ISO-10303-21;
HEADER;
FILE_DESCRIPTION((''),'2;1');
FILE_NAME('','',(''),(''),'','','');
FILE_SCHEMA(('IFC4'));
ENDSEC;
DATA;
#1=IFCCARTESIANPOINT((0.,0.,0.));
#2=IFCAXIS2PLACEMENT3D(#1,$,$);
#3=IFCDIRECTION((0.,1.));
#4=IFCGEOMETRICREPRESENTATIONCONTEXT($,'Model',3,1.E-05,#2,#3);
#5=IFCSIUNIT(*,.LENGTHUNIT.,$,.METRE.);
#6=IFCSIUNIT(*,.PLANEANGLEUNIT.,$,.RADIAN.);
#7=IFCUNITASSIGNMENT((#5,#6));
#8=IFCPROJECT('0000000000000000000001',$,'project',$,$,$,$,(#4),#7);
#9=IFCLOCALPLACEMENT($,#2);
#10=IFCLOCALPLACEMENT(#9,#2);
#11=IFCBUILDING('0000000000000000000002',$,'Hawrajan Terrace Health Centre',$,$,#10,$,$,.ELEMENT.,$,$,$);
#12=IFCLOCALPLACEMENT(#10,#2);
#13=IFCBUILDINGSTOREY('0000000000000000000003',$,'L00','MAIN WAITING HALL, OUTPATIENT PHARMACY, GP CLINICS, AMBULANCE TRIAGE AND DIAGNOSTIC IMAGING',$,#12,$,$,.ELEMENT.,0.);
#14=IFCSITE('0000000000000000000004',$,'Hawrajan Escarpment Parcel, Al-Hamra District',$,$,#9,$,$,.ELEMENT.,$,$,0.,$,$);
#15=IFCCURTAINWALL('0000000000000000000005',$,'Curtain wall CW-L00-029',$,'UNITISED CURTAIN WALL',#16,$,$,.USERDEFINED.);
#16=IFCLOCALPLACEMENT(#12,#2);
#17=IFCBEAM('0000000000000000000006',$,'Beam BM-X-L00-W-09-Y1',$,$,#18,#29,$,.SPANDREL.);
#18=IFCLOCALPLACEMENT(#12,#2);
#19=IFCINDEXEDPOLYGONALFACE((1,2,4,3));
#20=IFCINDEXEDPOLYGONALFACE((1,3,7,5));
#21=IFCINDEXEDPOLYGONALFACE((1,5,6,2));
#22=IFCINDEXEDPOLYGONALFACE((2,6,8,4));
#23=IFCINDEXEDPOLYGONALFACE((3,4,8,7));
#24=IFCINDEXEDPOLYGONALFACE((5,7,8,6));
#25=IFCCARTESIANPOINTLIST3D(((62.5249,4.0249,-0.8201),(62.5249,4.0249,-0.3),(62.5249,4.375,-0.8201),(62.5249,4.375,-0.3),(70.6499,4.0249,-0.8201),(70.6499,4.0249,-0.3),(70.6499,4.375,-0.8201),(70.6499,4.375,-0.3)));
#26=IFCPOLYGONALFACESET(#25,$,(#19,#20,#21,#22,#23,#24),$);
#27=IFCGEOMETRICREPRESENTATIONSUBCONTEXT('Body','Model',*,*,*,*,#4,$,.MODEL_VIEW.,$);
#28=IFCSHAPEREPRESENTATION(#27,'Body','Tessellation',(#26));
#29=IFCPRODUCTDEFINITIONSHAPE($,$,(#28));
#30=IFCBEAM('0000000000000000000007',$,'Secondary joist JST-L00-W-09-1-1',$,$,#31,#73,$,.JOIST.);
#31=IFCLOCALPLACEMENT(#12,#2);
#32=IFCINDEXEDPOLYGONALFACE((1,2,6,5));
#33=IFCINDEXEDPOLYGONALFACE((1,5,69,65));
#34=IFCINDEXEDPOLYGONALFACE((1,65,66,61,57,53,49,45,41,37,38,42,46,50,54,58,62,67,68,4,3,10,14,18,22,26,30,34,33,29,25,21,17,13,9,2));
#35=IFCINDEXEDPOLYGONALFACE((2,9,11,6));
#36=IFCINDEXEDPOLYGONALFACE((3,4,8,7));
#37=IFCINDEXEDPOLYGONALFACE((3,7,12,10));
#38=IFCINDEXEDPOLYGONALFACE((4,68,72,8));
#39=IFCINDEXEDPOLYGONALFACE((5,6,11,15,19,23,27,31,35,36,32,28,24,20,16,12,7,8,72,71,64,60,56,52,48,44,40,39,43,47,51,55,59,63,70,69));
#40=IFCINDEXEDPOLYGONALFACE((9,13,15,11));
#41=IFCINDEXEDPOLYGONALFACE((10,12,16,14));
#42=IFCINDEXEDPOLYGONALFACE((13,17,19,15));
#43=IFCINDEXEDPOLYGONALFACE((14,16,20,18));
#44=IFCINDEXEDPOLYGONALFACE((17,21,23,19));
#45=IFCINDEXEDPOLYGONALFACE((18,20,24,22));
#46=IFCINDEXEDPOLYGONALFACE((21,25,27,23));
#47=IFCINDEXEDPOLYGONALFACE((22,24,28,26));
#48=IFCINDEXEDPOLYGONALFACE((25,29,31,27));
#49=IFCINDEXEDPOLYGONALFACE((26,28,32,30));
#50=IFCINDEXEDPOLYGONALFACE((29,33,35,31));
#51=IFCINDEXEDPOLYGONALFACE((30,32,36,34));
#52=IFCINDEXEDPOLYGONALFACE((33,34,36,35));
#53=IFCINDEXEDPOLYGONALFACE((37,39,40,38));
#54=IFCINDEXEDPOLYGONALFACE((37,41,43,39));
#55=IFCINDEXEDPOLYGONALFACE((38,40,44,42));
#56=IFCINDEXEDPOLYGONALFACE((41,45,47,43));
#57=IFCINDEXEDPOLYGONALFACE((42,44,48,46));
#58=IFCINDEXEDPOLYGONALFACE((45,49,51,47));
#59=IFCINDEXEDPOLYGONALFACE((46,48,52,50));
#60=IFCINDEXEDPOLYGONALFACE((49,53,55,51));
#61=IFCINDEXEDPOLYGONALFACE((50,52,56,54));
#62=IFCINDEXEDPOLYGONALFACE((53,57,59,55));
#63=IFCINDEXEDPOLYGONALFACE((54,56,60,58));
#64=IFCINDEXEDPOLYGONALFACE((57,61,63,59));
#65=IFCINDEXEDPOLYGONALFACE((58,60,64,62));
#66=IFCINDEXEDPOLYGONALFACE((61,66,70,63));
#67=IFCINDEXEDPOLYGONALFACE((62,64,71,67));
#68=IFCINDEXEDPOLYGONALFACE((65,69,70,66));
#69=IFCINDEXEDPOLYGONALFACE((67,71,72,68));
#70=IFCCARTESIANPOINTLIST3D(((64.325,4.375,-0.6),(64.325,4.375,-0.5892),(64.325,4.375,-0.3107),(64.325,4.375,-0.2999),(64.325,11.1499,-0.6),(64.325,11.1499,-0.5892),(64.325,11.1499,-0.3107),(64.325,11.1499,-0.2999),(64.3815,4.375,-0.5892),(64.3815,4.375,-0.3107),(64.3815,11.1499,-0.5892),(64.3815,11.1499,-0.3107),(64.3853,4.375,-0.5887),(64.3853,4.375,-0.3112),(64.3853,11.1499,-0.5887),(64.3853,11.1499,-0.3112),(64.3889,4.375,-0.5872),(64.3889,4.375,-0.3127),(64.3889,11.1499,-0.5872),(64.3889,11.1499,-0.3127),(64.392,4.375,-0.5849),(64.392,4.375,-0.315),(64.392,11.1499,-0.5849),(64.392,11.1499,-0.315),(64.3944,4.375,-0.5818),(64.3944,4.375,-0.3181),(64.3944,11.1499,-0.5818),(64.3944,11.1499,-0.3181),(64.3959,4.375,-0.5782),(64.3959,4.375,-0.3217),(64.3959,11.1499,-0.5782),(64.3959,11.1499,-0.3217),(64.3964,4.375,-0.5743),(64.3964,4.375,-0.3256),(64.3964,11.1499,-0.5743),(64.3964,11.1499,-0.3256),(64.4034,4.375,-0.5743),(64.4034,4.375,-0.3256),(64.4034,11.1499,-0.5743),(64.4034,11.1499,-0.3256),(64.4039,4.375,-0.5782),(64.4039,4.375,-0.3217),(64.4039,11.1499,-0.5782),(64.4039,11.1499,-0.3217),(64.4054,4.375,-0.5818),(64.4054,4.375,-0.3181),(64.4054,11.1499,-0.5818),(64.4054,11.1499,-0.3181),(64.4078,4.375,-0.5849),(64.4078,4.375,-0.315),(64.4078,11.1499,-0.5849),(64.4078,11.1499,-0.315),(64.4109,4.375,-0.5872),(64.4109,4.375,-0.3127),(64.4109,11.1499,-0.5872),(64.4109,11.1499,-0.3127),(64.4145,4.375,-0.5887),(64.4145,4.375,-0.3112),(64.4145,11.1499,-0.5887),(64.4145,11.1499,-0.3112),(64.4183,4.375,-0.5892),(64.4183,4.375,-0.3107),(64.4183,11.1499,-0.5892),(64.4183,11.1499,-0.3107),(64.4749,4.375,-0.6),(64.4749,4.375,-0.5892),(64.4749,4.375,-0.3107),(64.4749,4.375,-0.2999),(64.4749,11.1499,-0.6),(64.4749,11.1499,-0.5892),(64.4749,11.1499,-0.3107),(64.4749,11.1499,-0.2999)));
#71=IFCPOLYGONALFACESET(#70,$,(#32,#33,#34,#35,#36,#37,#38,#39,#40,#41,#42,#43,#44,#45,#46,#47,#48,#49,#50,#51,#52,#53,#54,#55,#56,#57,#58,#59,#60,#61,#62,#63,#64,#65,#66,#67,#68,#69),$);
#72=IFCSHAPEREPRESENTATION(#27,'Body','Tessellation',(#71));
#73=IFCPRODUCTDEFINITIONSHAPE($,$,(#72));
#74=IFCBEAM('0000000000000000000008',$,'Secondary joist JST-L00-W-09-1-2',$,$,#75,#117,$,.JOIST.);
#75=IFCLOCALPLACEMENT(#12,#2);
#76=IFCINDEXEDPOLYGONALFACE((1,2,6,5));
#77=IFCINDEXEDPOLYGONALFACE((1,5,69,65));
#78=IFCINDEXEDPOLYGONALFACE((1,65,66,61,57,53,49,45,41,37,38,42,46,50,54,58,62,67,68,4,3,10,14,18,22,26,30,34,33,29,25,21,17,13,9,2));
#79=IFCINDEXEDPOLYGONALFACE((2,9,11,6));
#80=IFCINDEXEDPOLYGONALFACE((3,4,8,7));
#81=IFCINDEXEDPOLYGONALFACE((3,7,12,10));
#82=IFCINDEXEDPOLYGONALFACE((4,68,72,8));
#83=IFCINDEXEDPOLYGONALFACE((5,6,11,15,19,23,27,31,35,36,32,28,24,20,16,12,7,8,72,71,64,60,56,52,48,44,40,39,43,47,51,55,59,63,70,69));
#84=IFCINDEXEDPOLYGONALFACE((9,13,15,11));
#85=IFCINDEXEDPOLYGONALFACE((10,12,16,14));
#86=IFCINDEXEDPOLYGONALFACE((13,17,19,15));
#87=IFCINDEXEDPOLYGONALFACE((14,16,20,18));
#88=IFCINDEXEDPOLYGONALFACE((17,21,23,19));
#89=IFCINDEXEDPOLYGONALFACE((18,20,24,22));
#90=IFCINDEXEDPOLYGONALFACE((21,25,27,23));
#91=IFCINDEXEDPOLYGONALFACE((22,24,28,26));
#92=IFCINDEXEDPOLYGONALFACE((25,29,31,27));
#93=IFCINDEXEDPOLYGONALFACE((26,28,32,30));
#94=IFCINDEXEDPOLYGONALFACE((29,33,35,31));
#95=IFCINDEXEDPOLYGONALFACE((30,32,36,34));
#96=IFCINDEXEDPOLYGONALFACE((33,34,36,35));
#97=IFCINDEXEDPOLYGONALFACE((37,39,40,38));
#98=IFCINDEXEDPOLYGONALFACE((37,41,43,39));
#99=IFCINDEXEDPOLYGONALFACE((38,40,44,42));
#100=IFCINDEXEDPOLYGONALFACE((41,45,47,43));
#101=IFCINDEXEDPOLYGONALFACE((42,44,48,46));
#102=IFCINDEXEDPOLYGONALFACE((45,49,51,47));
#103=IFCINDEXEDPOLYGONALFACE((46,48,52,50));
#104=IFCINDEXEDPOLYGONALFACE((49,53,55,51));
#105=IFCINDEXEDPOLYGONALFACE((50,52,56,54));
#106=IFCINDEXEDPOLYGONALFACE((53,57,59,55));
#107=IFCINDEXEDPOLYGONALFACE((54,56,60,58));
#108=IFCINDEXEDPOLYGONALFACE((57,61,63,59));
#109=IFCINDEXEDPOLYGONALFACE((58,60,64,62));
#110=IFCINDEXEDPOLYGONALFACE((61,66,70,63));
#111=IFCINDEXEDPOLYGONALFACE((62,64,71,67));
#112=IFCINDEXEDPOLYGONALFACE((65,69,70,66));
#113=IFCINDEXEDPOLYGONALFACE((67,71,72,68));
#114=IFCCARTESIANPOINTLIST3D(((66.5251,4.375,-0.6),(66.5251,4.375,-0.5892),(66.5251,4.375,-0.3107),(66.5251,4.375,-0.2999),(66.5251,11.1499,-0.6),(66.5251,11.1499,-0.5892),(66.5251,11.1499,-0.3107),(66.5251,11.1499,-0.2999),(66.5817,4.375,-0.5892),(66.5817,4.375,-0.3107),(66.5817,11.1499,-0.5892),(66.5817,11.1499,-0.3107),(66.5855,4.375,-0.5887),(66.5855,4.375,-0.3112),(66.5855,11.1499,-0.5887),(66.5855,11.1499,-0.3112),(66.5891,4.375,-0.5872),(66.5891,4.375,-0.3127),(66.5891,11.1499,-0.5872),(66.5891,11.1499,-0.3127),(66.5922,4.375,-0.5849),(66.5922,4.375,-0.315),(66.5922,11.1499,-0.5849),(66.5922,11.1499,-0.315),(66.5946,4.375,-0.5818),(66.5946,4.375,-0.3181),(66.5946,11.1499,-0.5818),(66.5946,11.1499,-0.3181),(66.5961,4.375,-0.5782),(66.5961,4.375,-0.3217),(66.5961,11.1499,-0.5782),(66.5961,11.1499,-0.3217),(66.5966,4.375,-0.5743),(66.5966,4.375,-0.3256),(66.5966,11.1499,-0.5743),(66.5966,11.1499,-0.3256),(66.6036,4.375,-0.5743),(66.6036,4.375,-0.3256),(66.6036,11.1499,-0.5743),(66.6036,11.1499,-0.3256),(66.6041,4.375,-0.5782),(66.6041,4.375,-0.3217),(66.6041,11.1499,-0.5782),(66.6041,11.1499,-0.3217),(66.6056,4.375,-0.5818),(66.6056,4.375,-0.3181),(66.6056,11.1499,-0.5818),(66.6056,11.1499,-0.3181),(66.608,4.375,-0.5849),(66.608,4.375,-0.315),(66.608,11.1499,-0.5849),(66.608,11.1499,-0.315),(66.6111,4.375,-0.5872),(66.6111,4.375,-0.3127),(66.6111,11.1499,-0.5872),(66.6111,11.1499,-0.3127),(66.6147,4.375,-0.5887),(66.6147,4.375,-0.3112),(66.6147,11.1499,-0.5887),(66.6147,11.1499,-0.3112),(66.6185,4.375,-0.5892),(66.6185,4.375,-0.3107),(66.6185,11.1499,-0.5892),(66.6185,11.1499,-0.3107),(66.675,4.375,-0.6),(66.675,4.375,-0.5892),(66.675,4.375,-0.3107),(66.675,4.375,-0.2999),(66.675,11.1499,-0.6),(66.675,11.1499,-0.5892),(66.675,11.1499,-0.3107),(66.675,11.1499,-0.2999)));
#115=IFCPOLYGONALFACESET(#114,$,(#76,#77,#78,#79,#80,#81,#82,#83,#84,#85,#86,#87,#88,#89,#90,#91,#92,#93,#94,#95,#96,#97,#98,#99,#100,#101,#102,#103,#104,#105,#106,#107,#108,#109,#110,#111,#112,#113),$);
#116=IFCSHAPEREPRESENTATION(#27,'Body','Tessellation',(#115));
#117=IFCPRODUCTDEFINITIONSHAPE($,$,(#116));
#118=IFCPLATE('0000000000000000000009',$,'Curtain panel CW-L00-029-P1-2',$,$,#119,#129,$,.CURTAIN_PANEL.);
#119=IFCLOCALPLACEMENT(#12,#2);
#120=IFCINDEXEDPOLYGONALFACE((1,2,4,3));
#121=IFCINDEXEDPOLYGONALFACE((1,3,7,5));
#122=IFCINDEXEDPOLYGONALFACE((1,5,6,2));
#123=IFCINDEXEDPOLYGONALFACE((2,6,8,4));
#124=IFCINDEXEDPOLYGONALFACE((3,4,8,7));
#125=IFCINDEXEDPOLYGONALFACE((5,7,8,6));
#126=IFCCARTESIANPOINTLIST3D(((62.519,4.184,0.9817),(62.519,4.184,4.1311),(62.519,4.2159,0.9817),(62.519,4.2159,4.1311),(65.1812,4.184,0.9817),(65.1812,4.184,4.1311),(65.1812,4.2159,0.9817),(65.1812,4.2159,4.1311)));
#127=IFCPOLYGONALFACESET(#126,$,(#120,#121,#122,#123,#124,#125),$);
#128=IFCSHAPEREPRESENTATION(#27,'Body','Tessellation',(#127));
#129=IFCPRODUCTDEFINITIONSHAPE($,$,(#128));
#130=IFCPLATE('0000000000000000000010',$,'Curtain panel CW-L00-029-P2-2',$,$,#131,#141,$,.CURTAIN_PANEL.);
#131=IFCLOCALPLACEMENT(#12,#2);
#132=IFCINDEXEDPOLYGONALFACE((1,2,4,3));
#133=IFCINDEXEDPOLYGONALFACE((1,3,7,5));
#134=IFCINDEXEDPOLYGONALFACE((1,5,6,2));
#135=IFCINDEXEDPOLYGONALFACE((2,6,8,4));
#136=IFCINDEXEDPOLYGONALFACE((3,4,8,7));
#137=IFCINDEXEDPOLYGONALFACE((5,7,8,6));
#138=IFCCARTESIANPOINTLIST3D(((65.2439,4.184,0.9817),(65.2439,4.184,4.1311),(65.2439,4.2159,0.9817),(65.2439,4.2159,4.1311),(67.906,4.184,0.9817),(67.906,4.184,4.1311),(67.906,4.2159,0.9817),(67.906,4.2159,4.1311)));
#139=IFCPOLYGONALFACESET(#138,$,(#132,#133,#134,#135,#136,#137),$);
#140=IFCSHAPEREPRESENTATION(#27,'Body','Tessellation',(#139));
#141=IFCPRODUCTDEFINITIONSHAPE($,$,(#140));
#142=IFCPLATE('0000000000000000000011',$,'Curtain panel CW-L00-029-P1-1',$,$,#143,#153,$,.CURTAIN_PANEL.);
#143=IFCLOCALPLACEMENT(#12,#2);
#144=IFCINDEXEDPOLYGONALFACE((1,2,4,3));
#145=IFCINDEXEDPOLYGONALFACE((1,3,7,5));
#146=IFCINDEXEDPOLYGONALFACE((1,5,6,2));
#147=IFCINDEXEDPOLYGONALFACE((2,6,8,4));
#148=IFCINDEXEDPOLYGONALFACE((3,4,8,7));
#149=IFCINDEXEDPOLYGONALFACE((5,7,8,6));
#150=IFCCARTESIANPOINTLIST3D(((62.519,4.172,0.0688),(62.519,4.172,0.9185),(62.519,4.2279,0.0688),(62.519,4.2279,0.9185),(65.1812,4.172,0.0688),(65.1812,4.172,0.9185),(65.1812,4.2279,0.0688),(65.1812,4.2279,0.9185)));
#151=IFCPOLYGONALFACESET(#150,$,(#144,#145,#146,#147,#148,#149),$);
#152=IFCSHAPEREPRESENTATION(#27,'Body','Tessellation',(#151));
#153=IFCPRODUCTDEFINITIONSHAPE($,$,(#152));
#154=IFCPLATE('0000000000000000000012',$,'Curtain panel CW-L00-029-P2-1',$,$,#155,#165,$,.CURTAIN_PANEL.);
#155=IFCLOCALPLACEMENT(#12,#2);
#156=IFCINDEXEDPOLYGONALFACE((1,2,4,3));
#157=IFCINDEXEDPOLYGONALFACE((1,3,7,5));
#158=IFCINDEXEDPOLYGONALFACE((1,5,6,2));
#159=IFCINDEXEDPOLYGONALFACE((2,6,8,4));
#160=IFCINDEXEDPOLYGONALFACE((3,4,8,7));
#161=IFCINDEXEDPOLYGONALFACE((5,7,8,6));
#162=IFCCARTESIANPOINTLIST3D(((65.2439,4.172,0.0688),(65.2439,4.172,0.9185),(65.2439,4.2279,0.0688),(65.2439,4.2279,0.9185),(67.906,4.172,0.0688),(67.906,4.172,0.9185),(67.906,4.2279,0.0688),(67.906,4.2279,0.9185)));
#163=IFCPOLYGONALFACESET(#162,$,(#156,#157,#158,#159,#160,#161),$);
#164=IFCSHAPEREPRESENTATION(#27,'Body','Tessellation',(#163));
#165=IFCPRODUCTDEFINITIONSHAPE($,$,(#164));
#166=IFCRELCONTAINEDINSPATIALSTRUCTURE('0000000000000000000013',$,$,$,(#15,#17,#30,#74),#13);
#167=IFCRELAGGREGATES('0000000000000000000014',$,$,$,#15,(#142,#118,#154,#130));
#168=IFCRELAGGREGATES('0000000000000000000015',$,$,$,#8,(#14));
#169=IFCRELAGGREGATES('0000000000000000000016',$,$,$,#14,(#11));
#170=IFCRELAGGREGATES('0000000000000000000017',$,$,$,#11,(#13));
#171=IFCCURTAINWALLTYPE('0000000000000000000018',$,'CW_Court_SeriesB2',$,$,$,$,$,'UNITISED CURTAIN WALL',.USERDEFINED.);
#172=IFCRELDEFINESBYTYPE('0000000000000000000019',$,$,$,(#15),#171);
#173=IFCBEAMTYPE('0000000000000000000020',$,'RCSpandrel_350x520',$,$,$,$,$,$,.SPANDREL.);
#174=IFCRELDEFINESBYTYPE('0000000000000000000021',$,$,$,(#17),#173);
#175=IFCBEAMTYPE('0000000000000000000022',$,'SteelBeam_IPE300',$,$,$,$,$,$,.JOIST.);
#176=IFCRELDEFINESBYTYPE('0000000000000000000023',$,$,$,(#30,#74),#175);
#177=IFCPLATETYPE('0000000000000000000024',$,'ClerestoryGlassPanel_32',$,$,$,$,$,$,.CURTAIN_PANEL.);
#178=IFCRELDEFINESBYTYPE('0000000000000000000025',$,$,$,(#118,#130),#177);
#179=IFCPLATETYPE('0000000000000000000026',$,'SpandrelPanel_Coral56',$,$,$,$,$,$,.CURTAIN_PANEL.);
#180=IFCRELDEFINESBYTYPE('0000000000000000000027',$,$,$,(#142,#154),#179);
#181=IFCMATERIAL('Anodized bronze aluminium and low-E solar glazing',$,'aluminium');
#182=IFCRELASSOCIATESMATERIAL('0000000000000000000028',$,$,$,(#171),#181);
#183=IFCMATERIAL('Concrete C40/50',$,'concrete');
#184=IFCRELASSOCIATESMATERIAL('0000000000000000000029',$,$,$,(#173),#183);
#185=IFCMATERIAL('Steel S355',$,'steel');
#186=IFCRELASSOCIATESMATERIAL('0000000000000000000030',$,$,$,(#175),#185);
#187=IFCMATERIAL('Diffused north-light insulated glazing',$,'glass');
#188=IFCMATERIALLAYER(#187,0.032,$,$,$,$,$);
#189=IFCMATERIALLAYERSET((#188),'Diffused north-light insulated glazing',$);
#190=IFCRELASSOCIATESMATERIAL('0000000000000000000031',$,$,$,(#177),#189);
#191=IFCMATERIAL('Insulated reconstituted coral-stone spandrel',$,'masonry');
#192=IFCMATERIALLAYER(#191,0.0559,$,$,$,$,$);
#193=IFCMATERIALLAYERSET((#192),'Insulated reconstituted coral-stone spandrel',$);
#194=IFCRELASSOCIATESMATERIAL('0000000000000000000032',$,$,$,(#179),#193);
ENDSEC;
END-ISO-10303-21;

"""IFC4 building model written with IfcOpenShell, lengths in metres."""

from ifc_helpers import new_model, si_unit, direction, frame, origin, origin_2d, place, context, subcontext, project, spatial, rectangle, i_section, extrude, material, layer, layer_set, material_profile, profile_set, type_object, element, aggregate, save


model = new_model("IFC4")

# Units and contexts
model_context = context("Model", 3, precision=1e-05, world=origin(), true_north=direction((0.0, 1.0)))
body_context = subcontext(model_context, "Body", "Model", "MODEL_VIEW")
ifc_project = project(units=[si_unit("LENGTHUNIT", "METRE"), si_unit("PLANEANGLEUNIT", "RADIAN")], contexts=[model_context])

# Site, building, storey
site_placement = place(None, origin())
site = spatial("IfcSite", under=ifc_project, at=site_placement, Name="Hawrajan Escarpment Parcel, Al-Hamra District", CompositionType="ELEMENT", RefElevation=0.0)
building_placement = place(site_placement, origin())
building = spatial("IfcBuilding", under=site, at=building_placement, Name="Hawrajan Terrace Health Centre", CompositionType="ELEMENT")
storey_placement = place(building_placement, origin())
storey = spatial("IfcBuildingStorey", under=building, at=storey_placement, Name="L00", Description="MAIN WAITING HALL, OUTPATIENT PHARMACY, GP CLINICS, AMBULANCE TRIAGE AND DIAGNOSTIC IMAGING", CompositionType="ELEMENT", Elevation=0.0)

# Curtain wall
ifc_material_1 = material(Name="Anodized bronze aluminium and low-E solar glazing", Category="aluminium")
curtain_wall_type = type_object("IfcCurtainWallType", Name="CW_Court_SeriesB2", ElementType="UNITISED CURTAIN WALL", PredefinedType="USERDEFINED", material=ifc_material_1)
curtain_wall_placement = place(storey_placement, origin())
curtain_wall = element("IfcCurtainWall", 1, at=curtain_wall_placement, inside=storey, type_object=curtain_wall_type, Name="Curtain wall CW-L00-029", ObjectType="UNITISED CURTAIN WALL", PredefinedType="USERDEFINED")

# Beams
ifc_material_2 = material(Name="Concrete C40/50", Category="concrete")
ifc_material_profile_1 = material_profile(ifc_material_2, rectangle(XDim=0.3501, YDim=0.52, at=origin_2d()), Name="RC SP 350x520")
ifc_profile_set_1 = profile_set([ifc_material_profile_1], Name="Concrete C40/50")
beam_type_1 = type_object("IfcBeamType", Name="RCSpandrel_350x520", PredefinedType="SPANDREL", material=ifc_profile_set_1)
beam_1_placement = place(storey_placement, frame((62.5249, 4.2, -0.5601), z_axis=(1.0, 0.0, 0.0), x_axis=(0.0, 1.0, 0.0)))
element("IfcBeam", 2, at=beam_1_placement, inside=storey, type_object=beam_type_1, Name="Beam BM-X-L00-W-09-Y1", PredefinedType="SPANDREL", context=body_context, shape_type="SweptSolid", body=[
    extrude(rectangle(XDim=0.3501, YDim=0.52, at=origin_2d()), origin(), (0.0, 0.0, 1.0), 8.125),
])
ifc_material_3 = material(Name="Steel S355", Category="steel")
ifc_material_profile_2 = material_profile(ifc_material_3, i_section(OverallWidth=0.1499, OverallDepth=0.3, WebThickness=0.0071, FlangeThickness=0.0107, FilletRadius=0.0149, at=origin_2d()), Name="IPE 300")
ifc_profile_set_2 = profile_set([ifc_material_profile_2], Name="Steel S355")
beam_type_2 = type_object("IfcBeamType", Name="SteelBeam_IPE300", PredefinedType="JOIST", material=ifc_profile_set_2)
for number, where, z_axis, x_axis, name in (
    (3, (64.3999, 4.375, -0.45), (0.0, 1.0, 0.0), (-1.0, 0.0, 0.0), "Secondary joist JST-L00-W-09-1-1"),
    (4, (66.6001, 4.375, -0.45), (0.0, 1.0, 0.0), (-1.0, 0.0, 0.0), "Secondary joist JST-L00-W-09-1-2"),
):
    element("IfcBeam", number, at=place(storey_placement, frame(where, z_axis=z_axis, x_axis=x_axis)), inside=storey, type_object=beam_type_2, Name=name, PredefinedType="JOIST", context=body_context, shape_type="SweptSolid", body=[
        extrude(i_section(OverallWidth=0.1499, OverallDepth=0.3, WebThickness=0.0071, FlangeThickness=0.0107, FilletRadius=0.0149, at=origin_2d()), origin(), (0.0, 0.0, 1.0), 6.7749),
    ])

# Plates
ifc_material_4 = material(Name="Diffused north-light insulated glazing", Category="glass")
ifc_layer_1 = layer(ifc_material_4, 0.032)
ifc_layer_set_1 = layer_set([ifc_layer_1], Name="Diffused north-light insulated glazing")
plate_type_1 = type_object("IfcPlateType", Name="ClerestoryGlassPanel_32", PredefinedType="CURTAIN_PANEL", material=ifc_layer_set_1)
plate_1_placement = place(storey_placement, frame((63.8501, 4.2, 0.9817), z_axis=(0.0, 0.0, 1.0), x_axis=(1.0, 0.0, 0.0)))
plate_1 = element("IfcPlate", 5, at=plate_1_placement, type_object=plate_type_1, Name="Curtain panel CW-L00-029-P1-2", PredefinedType="CURTAIN_PANEL", context=body_context, shape_type="SweptSolid", body=[
    extrude(rectangle(XDim=2.6621, YDim=0.032, at=origin_2d()), origin(), (0.0, 0.0, 1.0), 3.1494),
])
plate_2_placement = place(storey_placement, frame((66.575, 4.2, 0.9817), z_axis=(0.0, 0.0, 1.0), x_axis=(1.0, 0.0, 0.0)))
plate_2 = element("IfcPlate", 6, at=plate_2_placement, type_object=plate_type_1, Name="Curtain panel CW-L00-029-P2-2", PredefinedType="CURTAIN_PANEL", context=body_context, shape_type="SweptSolid", body=[
    extrude(rectangle(XDim=2.6621, YDim=0.032, at=origin_2d()), origin(), (0.0, 0.0, 1.0), 3.1494),
])
ifc_material_5 = material(Name="Insulated reconstituted coral-stone spandrel", Category="masonry")
ifc_layer_2 = layer(ifc_material_5, 0.0559)
ifc_layer_set_2 = layer_set([ifc_layer_2], Name="Insulated reconstituted coral-stone spandrel")
plate_type_2 = type_object("IfcPlateType", Name="SpandrelPanel_Coral56", PredefinedType="CURTAIN_PANEL", material=ifc_layer_set_2)
plate_3_placement = place(storey_placement, frame((63.8501, 4.2, 0.0688), z_axis=(0.0, 0.0, 1.0), x_axis=(1.0, 0.0, 0.0)))
plate_3 = element("IfcPlate", 7, at=plate_3_placement, type_object=plate_type_2, Name="Curtain panel CW-L00-029-P1-1", PredefinedType="CURTAIN_PANEL", context=body_context, shape_type="SweptSolid", body=[
    extrude(rectangle(XDim=2.6621, YDim=0.0559, at=origin_2d()), origin(), (0.0, 0.0, 1.0), 0.8496),
])
plate_4_placement = place(storey_placement, frame((66.575, 4.2, 0.0688), z_axis=(0.0, 0.0, 1.0), x_axis=(1.0, 0.0, 0.0)))
plate_4 = element("IfcPlate", 8, at=plate_4_placement, type_object=plate_type_2, Name="Curtain panel CW-L00-029-P2-1", PredefinedType="CURTAIN_PANEL", context=body_context, shape_type="SweptSolid", body=[
    extrude(rectangle(XDim=2.6621, YDim=0.0559, at=origin_2d()), origin(), (0.0, 0.0, 1.0), 0.8496),
])
aggregate(curtain_wall, [plate_3, plate_1, plate_4, plate_2])

save(model, "model.ifc")
